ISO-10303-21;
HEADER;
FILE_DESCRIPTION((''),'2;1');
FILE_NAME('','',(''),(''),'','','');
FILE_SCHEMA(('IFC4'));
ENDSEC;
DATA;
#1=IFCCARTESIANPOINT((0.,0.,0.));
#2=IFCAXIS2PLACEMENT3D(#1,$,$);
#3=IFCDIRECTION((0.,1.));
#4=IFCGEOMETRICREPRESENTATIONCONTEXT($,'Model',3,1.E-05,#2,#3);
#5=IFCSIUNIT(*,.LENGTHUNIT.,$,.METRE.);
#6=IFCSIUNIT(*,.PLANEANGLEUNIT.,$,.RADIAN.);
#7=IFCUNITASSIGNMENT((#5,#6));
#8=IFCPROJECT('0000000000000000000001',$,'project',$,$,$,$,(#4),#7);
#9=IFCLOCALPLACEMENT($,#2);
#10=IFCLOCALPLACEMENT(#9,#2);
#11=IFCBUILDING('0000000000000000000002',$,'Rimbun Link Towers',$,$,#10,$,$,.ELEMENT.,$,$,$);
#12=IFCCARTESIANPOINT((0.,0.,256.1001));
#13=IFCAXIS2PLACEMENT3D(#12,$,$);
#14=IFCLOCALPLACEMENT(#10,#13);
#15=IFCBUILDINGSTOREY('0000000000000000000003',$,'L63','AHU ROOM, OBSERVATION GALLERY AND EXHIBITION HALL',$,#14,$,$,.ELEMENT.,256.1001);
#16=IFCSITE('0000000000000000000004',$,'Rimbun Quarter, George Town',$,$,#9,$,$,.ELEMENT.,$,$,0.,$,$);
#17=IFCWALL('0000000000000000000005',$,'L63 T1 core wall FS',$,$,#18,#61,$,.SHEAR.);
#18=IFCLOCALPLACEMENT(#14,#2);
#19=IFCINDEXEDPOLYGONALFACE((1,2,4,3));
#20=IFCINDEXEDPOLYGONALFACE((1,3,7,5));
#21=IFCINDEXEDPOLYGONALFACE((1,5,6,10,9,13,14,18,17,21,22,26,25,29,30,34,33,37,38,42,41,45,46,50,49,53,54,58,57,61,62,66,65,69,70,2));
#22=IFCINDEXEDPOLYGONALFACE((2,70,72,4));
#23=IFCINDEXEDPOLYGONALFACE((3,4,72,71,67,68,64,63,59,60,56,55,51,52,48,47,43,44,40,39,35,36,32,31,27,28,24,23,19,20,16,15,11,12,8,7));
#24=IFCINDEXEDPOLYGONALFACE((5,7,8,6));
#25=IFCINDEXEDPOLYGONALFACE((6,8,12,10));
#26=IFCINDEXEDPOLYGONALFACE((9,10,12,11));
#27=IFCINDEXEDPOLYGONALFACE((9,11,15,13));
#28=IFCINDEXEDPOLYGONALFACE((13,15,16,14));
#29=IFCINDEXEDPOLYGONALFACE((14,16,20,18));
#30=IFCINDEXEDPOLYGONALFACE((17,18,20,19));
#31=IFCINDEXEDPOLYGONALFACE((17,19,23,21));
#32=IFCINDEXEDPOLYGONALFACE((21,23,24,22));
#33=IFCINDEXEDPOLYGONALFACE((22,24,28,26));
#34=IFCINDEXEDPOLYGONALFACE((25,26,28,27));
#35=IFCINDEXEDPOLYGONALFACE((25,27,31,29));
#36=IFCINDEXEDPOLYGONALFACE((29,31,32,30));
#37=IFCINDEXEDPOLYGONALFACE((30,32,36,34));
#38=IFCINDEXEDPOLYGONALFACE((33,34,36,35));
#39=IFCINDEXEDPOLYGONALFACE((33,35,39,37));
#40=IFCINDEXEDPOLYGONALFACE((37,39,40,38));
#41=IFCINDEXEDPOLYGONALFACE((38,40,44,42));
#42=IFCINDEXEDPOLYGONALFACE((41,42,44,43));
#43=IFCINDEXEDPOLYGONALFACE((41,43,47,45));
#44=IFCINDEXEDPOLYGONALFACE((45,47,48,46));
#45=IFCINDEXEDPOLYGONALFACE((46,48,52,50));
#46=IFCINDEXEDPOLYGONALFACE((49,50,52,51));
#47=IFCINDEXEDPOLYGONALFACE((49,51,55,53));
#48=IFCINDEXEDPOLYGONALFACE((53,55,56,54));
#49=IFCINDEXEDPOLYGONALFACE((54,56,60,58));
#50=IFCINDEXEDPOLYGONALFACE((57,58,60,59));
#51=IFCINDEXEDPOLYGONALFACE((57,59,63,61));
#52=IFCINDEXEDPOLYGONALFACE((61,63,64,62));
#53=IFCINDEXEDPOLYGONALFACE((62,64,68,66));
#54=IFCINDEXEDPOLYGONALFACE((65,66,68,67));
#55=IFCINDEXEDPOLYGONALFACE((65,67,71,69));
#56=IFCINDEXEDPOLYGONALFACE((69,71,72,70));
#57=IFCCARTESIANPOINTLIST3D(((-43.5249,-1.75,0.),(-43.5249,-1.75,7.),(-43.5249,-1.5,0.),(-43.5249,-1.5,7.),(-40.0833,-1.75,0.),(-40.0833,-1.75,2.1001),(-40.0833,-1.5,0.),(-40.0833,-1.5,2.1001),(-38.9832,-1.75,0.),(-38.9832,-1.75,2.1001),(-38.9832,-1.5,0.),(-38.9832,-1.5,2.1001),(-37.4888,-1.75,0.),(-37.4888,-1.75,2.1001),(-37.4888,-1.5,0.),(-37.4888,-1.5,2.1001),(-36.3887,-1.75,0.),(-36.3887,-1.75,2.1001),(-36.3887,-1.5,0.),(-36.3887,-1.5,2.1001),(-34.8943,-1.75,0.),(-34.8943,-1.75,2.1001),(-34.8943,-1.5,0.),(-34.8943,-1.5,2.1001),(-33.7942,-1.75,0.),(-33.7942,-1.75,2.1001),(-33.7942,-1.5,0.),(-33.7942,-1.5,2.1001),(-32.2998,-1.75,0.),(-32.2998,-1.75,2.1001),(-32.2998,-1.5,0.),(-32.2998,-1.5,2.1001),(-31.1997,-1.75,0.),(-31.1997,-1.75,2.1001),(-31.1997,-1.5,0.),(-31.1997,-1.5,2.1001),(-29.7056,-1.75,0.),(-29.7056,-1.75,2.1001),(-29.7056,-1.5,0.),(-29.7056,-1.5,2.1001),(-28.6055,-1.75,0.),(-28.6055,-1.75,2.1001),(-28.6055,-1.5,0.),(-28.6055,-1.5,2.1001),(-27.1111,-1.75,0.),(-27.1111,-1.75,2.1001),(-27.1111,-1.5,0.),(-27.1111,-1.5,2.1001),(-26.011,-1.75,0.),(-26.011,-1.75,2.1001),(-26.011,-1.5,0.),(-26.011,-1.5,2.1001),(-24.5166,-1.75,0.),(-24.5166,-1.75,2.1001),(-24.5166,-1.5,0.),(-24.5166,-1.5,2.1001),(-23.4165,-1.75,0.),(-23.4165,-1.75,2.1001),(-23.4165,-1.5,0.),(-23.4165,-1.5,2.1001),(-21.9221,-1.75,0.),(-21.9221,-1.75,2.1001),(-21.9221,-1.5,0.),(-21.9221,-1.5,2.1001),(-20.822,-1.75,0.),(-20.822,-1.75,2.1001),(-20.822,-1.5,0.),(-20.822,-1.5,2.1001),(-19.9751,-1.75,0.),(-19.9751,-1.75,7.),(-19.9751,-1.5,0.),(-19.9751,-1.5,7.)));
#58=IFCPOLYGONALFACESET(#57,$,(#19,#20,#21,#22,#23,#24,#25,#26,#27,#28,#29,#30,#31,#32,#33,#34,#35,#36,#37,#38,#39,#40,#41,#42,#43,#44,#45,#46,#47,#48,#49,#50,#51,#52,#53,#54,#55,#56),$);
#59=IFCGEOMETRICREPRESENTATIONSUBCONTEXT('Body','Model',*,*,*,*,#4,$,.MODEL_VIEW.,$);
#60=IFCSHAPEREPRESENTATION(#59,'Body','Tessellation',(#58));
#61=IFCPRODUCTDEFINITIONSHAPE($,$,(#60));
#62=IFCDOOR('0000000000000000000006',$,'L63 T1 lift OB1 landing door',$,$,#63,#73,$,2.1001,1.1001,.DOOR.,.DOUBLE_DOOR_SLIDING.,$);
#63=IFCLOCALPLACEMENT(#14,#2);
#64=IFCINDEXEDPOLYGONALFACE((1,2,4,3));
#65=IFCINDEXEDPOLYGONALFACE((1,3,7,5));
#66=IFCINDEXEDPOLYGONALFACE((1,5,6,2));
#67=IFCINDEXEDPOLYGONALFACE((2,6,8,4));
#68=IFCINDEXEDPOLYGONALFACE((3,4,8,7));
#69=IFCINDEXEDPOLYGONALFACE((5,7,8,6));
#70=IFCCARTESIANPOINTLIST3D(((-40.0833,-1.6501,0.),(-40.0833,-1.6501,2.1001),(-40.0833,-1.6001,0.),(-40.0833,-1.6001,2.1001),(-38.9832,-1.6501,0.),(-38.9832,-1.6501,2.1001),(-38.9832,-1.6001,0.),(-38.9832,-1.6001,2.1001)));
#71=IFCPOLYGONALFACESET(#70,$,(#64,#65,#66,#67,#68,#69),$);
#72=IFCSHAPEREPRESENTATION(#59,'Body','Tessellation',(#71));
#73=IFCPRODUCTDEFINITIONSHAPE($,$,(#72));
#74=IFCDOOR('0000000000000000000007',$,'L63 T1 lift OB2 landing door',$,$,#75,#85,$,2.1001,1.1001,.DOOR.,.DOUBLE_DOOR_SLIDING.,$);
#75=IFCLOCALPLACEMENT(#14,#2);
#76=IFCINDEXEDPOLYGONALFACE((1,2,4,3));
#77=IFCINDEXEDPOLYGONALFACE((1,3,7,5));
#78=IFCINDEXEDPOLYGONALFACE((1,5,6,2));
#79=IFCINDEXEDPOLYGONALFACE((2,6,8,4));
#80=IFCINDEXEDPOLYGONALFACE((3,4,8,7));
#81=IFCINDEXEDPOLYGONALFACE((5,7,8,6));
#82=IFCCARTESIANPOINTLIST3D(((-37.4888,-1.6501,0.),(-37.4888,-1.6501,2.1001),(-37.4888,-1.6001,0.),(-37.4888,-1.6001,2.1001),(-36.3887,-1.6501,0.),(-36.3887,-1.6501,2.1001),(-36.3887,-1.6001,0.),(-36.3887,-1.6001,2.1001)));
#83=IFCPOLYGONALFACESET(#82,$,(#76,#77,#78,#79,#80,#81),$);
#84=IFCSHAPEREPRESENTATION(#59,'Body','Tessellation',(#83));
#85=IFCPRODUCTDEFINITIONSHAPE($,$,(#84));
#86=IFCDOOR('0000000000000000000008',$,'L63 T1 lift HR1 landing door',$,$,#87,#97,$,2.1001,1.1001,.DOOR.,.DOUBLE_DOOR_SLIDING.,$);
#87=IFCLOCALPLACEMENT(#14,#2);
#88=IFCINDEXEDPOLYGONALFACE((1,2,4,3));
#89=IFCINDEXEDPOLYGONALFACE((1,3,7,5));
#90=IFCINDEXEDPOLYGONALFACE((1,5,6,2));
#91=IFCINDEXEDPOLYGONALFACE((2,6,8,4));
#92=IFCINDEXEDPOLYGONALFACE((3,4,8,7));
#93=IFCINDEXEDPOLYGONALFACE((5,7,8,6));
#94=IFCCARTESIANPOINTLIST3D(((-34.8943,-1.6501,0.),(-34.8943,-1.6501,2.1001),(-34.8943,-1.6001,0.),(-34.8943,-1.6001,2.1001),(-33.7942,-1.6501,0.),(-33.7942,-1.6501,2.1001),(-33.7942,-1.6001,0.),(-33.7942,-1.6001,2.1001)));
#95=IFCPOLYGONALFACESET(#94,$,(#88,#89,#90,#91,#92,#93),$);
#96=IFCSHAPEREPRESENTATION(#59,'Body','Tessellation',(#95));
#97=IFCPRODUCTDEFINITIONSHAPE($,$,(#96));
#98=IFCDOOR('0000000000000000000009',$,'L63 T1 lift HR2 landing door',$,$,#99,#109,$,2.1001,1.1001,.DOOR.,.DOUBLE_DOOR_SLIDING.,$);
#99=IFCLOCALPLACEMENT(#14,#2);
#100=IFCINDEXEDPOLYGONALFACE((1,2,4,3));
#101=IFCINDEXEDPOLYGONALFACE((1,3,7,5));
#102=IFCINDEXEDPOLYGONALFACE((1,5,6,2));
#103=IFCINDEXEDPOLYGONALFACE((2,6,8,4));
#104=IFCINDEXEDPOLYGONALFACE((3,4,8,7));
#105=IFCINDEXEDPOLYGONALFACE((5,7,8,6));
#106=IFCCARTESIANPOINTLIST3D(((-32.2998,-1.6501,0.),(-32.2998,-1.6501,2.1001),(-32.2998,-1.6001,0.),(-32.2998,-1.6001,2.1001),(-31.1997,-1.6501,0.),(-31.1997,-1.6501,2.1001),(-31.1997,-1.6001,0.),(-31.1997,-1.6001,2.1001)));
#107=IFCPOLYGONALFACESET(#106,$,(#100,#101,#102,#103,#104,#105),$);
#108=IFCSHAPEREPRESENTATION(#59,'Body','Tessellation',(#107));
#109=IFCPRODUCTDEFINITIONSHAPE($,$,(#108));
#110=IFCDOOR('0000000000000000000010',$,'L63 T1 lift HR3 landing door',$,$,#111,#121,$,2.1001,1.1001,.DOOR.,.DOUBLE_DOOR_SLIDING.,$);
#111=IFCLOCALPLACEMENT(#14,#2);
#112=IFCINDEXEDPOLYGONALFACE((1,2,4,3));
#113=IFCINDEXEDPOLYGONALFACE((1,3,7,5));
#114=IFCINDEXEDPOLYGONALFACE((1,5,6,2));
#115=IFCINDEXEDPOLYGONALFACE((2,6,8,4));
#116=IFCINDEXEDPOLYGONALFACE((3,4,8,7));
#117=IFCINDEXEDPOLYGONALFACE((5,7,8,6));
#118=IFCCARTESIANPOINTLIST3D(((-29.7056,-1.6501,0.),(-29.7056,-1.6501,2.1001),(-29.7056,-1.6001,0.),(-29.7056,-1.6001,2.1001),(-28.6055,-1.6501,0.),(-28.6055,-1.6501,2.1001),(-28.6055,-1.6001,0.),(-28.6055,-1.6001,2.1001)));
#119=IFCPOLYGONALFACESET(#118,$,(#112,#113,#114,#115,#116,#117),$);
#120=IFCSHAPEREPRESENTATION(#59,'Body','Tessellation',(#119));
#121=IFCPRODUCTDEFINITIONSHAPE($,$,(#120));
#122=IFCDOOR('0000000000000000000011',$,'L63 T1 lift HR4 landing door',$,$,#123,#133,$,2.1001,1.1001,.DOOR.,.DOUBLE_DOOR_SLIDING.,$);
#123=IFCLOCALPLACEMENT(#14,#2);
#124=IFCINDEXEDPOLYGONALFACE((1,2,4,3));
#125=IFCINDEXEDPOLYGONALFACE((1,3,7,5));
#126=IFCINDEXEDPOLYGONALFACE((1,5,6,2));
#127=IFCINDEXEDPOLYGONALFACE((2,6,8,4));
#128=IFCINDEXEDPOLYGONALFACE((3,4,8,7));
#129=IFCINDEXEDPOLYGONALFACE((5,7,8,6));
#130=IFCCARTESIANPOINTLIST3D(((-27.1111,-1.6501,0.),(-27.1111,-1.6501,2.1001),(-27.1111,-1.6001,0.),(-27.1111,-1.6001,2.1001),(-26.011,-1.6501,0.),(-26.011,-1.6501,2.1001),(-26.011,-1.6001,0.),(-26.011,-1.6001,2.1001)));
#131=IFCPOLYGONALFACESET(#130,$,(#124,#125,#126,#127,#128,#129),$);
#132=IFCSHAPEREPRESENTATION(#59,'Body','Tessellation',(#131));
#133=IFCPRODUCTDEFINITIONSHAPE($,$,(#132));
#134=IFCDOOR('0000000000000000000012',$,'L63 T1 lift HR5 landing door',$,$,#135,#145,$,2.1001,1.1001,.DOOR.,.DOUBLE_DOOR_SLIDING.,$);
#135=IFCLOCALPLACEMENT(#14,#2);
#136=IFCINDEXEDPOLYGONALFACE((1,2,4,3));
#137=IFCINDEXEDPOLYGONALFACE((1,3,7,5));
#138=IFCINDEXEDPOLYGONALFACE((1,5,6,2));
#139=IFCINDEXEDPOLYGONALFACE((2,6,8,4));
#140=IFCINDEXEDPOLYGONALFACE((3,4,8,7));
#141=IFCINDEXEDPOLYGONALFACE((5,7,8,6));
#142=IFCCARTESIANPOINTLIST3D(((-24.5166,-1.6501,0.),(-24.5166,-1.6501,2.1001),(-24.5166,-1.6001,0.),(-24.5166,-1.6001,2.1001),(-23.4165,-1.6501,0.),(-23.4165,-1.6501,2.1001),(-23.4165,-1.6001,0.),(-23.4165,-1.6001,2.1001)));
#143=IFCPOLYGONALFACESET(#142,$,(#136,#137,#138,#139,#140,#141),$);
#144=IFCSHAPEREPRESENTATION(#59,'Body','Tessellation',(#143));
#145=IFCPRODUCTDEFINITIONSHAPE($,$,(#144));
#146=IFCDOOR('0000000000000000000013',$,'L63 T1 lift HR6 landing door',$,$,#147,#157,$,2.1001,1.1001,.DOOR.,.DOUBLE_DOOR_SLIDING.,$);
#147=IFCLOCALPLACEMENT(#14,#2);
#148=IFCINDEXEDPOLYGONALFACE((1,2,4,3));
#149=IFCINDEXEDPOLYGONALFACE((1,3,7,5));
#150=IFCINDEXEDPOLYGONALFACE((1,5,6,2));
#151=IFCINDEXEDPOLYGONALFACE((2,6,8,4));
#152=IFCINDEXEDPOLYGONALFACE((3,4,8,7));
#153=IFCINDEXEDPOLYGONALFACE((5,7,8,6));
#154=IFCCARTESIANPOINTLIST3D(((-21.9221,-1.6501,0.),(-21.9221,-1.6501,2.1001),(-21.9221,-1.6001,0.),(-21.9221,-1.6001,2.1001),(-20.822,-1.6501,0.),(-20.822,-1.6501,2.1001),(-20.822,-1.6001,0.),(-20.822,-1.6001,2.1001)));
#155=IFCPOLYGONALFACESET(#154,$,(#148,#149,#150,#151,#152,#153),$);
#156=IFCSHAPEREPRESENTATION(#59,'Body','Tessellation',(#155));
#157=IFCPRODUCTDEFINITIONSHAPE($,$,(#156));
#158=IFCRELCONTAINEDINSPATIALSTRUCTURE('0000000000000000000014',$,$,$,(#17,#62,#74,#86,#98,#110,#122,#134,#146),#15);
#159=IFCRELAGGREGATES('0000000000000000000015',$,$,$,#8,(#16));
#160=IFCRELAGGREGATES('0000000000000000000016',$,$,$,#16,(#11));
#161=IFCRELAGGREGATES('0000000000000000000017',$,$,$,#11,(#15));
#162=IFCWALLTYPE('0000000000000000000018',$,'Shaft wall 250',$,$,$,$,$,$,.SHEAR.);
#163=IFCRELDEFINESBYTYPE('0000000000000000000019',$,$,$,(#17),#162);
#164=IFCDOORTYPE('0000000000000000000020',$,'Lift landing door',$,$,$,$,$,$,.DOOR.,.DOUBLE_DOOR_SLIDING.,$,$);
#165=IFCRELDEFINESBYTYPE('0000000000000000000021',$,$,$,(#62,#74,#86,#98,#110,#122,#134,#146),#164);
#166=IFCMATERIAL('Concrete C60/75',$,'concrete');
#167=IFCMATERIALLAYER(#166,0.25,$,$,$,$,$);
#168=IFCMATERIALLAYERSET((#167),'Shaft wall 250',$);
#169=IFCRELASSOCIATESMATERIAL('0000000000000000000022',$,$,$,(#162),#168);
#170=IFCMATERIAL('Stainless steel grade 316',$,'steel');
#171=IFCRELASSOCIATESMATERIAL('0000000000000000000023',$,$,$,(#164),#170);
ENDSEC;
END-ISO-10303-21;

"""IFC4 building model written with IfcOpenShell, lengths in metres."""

from ifc_helpers import new_model, si_unit, direction, frame, frame_2d, origin, place, context, subcontext, project, spatial, rectangle, extrude, material, layer, layer_set, type_object, element, fill, save


model = new_model("IFC4")

# Units and contexts
model_context = context("Model", 3, precision=1e-05, world=origin(), true_north=direction((0.0, 1.0)))
body_context = subcontext(model_context, "Body", "Model", "MODEL_VIEW")
ifc_project = project(units=[si_unit("LENGTHUNIT", "METRE"), si_unit("PLANEANGLEUNIT", "RADIAN")], contexts=[model_context])

# Site, building, storey
site_placement = place(None, origin())
site = spatial("IfcSite", under=ifc_project, at=site_placement, Name="Rimbun Quarter, George Town", CompositionType="ELEMENT", RefElevation=0.0)
building_placement = place(site_placement, origin())
building = spatial("IfcBuilding", under=site, at=building_placement, Name="Rimbun Link Towers", CompositionType="ELEMENT")
storey_placement = place(building_placement, frame((0.0, 0.0, 256.1001)))
storey = spatial("IfcBuildingStorey", under=building, at=storey_placement, Name="L63", Description="AHU ROOM, OBSERVATION GALLERY AND EXHIBITION HALL", CompositionType="ELEMENT", Elevation=256.1001)

# Shared definitions
ifc_material_1 = material(Name="Concrete C60/75", Category="concrete")
ifc_layer = layer(ifc_material_1, 0.25)
ifc_layer_set = layer_set([ifc_layer], Name="Shaft wall 250")
wall_type = type_object("IfcWallType", Name="Shaft wall 250", PredefinedType="SHEAR", material=ifc_layer_set)

# Wall, openings, doors
wall_1_placement = place(storey_placement, frame((-43.5249, -1.625, 0.0), z_axis=(0.0, 0.0, 1.0), x_axis=(1.0, 0.0, 0.0)))
wall_1 = element("IfcWall", 1, at=wall_1_placement, inside=storey, type_object=wall_type, Name="L63 T1 core wall FS", PredefinedType="SHEAR", context=body_context, shape_type="SweptSolid", body=[
    extrude(rectangle(XDim=23.5498, YDim=0.25, at=frame_2d((11.7749, 0.0))), origin(), (0.0, 0.0, 1.0), 7.0),
])
opening_1_placement = place(wall_1_placement, frame((3.4417, 0.0, 0.0)))
opening_1 = element("IfcOpeningElement", 2, at=opening_1_placement, cuts=wall_1, PredefinedType="OPENING", context=body_context, shape_type="SweptSolid", body=[
    extrude(rectangle(XDim=1.1001, YDim=2.1001, at=frame_2d((0.55, 1.05))), frame((0.0, 0.135, 0.0), z_axis=(0.0, -1.0, 0.0), x_axis=(1.0, 0.0, 0.0)), (0.0, 0.0, 1.0), 0.27),
])
opening_2_placement = place(wall_1_placement, frame((6.0361, 0.0, 0.0)))
opening_2 = element("IfcOpeningElement", 3, at=opening_2_placement, cuts=wall_1, PredefinedType="OPENING", context=body_context, shape_type="SweptSolid", body=[
    extrude(rectangle(XDim=1.1001, YDim=2.1001, at=frame_2d((0.55, 1.05))), frame((0.0, 0.135, 0.0), z_axis=(0.0, -1.0, 0.0), x_axis=(1.0, 0.0, 0.0)), (0.0, 0.0, 1.0), 0.27),
])
opening_3_placement = place(wall_1_placement, frame((8.6306, 0.0, 0.0)))
opening_3 = element("IfcOpeningElement", 4, at=opening_3_placement, cuts=wall_1, PredefinedType="OPENING", context=body_context, shape_type="SweptSolid", body=[
    extrude(rectangle(XDim=1.1001, YDim=2.1001, at=frame_2d((0.55, 1.05))), frame((0.0, 0.135, 0.0), z_axis=(0.0, -1.0, 0.0), x_axis=(1.0, 0.0, 0.0)), (0.0, 0.0, 1.0), 0.27),
])
opening_4_placement = place(wall_1_placement, frame((11.2251, 0.0, 0.0)))
opening_4 = element("IfcOpeningElement", 5, at=opening_4_placement, cuts=wall_1, PredefinedType="OPENING", context=body_context, shape_type="SweptSolid", body=[
    extrude(rectangle(XDim=1.1001, YDim=2.1001, at=frame_2d((0.55, 1.05))), frame((0.0, 0.135, 0.0), z_axis=(0.0, -1.0, 0.0), x_axis=(1.0, 0.0, 0.0)), (0.0, 0.0, 1.0), 0.27),
])
opening_5_placement = place(wall_1_placement, frame((13.8193, 0.0, 0.0)))
opening_5 = element("IfcOpeningElement", 6, at=opening_5_placement, cuts=wall_1, PredefinedType="OPENING", context=body_context, shape_type="SweptSolid", body=[
    extrude(rectangle(XDim=1.1001, YDim=2.1001, at=frame_2d((0.55, 1.05))), frame((0.0, 0.135, 0.0), z_axis=(0.0, -1.0, 0.0), x_axis=(1.0, 0.0, 0.0)), (0.0, 0.0, 1.0), 0.27),
])
opening_6_placement = place(wall_1_placement, frame((16.4138, 0.0, 0.0)))
opening_6 = element("IfcOpeningElement", 7, at=opening_6_placement, cuts=wall_1, PredefinedType="OPENING", context=body_context, shape_type="SweptSolid", body=[
    extrude(rectangle(XDim=1.1001, YDim=2.1001, at=frame_2d((0.55, 1.05))), frame((0.0, 0.135, 0.0), z_axis=(0.0, -1.0, 0.0), x_axis=(1.0, 0.0, 0.0)), (0.0, 0.0, 1.0), 0.27),
])
opening_7_placement = place(wall_1_placement, frame((19.0083, 0.0, 0.0)))
opening_7 = element("IfcOpeningElement", 8, at=opening_7_placement, cuts=wall_1, PredefinedType="OPENING", context=body_context, shape_type="SweptSolid", body=[
    extrude(rectangle(XDim=1.1001, YDim=2.1001, at=frame_2d((0.55, 1.05))), frame((0.0, 0.135, 0.0), z_axis=(0.0, -1.0, 0.0), x_axis=(1.0, 0.0, 0.0)), (0.0, 0.0, 1.0), 0.27),
])
opening_8_placement = place(wall_1_placement, frame((21.6028, 0.0, 0.0)))
opening_8 = element("IfcOpeningElement", 9, at=opening_8_placement, cuts=wall_1, PredefinedType="OPENING", context=body_context, shape_type="SweptSolid", body=[
    extrude(rectangle(XDim=1.1001, YDim=2.1001, at=frame_2d((0.55, 1.05))), frame((0.0, 0.135, 0.0), z_axis=(0.0, -1.0, 0.0), x_axis=(1.0, 0.0, 0.0)), (0.0, 0.0, 1.0), 0.27),
])
ifc_material_2 = material(Name="Stainless steel grade 316", Category="steel")
door_type_1 = type_object("IfcDoorType", Name="Lift landing door", OperationType="DOUBLE_DOOR_SLIDING", PredefinedType="DOOR", material=ifc_material_2)
door_1_placement = place(opening_1_placement, origin())
door_1 = element("IfcDoor", 10, at=door_1_placement, inside=storey, type_object=door_type_1, Name="L63 T1 lift OB1 landing door", OperationType="DOUBLE_DOOR_SLIDING", OverallHeight=2.1001, OverallWidth=1.1001, PredefinedType="DOOR", context=body_context, shape_type="SweptSolid", body=[
    extrude(rectangle(XDim=1.1001, YDim=2.1001, at=frame_2d((0.55, 1.05))), frame((0.0, 0.0249, 0.0), z_axis=(0.0, -1.0, 0.0), x_axis=(1.0, 0.0, 0.0)), (0.0, 0.0, 1.0), 0.05),
])
fill(opening_1, door_1)
door_2_placement = place(opening_2_placement, origin())
door_2 = element("IfcDoor", 11, at=door_2_placement, inside=storey, type_object=door_type_1, Name="L63 T1 lift OB2 landing door", OperationType="DOUBLE_DOOR_SLIDING", OverallHeight=2.1001, OverallWidth=1.1001, PredefinedType="DOOR", context=body_context, shape_type="SweptSolid", body=[
    extrude(rectangle(XDim=1.1001, YDim=2.1001, at=frame_2d((0.55, 1.05))), frame((0.0, 0.0249, 0.0), z_axis=(0.0, -1.0, 0.0), x_axis=(1.0, 0.0, 0.0)), (0.0, 0.0, 1.0), 0.05),
])
fill(opening_2, door_2)
door_3_placement = place(opening_3_placement, origin())
door_3 = element("IfcDoor", 12, at=door_3_placement, inside=storey, type_object=door_type_1, Name="L63 T1 lift HR1 landing door", OperationType="DOUBLE_DOOR_SLIDING", OverallHeight=2.1001, OverallWidth=1.1001, PredefinedType="DOOR", context=body_context, shape_type="SweptSolid", body=[
    extrude(rectangle(XDim=1.1001, YDim=2.1001, at=frame_2d((0.55, 1.05))), frame((0.0, 0.0249, 0.0), z_axis=(0.0, -1.0, 0.0), x_axis=(1.0, 0.0, 0.0)), (0.0, 0.0, 1.0), 0.05),
])
fill(opening_3, door_3)
door_4_placement = place(opening_4_placement, origin())
door_4 = element("IfcDoor", 13, at=door_4_placement, inside=storey, type_object=door_type_1, Name="L63 T1 lift HR2 landing door", OperationType="DOUBLE_DOOR_SLIDING", OverallHeight=2.1001, OverallWidth=1.1001, PredefinedType="DOOR", context=body_context, shape_type="SweptSolid", body=[
    extrude(rectangle(XDim=1.1001, YDim=2.1001, at=frame_2d((0.55, 1.05))), frame((0.0, 0.0249, 0.0), z_axis=(0.0, -1.0, 0.0), x_axis=(1.0, 0.0, 0.0)), (0.0, 0.0, 1.0), 0.05),
])
fill(opening_4, door_4)
door_5_placement = place(opening_5_placement, origin())
door_5 = element("IfcDoor", 14, at=door_5_placement, inside=storey, type_object=door_type_1, Name="L63 T1 lift HR3 landing door", OperationType="DOUBLE_DOOR_SLIDING", OverallHeight=2.1001, OverallWidth=1.1001, PredefinedType="DOOR", context=body_context, shape_type="SweptSolid", body=[
    extrude(rectangle(XDim=1.1001, YDim=2.1001, at=frame_2d((0.55, 1.05))), frame((0.0, 0.0249, 0.0), z_axis=(0.0, -1.0, 0.0), x_axis=(1.0, 0.0, 0.0)), (0.0, 0.0, 1.0), 0.05),
])
fill(opening_5, door_5)
door_6_placement = place(opening_6_placement, origin())
door_6 = element("IfcDoor", 15, at=door_6_placement, inside=storey, type_object=door_type_1, Name="L63 T1 lift HR4 landing door", OperationType="DOUBLE_DOOR_SLIDING", OverallHeight=2.1001, OverallWidth=1.1001, PredefinedType="DOOR", context=body_context, shape_type="SweptSolid", body=[
    extrude(rectangle(XDim=1.1001, YDim=2.1001, at=frame_2d((0.55, 1.05))), frame((0.0, 0.0249, 0.0), z_axis=(0.0, -1.0, 0.0), x_axis=(1.0, 0.0, 0.0)), (0.0, 0.0, 1.0), 0.05),
])
fill(opening_6, door_6)
door_7_placement = place(opening_7_placement, origin())
door_7 = element("IfcDoor", 16, at=door_7_placement, inside=storey, type_object=door_type_1, Name="L63 T1 lift HR5 landing door", OperationType="DOUBLE_DOOR_SLIDING", OverallHeight=2.1001, OverallWidth=1.1001, PredefinedType="DOOR", context=body_context, shape_type="SweptSolid", body=[
    extrude(rectangle(XDim=1.1001, YDim=2.1001, at=frame_2d((0.55, 1.05))), frame((0.0, 0.0249, 0.0), z_axis=(0.0, -1.0, 0.0), x_axis=(1.0, 0.0, 0.0)), (0.0, 0.0, 1.0), 0.05),
])
fill(opening_7, door_7)
door_8_placement = place(opening_8_placement, origin())
door_8 = element("IfcDoor", 17, at=door_8_placement, inside=storey, type_object=door_type_1, Name="L63 T1 lift HR6 landing door", OperationType="DOUBLE_DOOR_SLIDING", OverallHeight=2.1001, OverallWidth=1.1001, PredefinedType="DOOR", context=body_context, shape_type="SweptSolid", body=[
    extrude(rectangle(XDim=1.1001, YDim=2.1001, at=frame_2d((0.55, 1.05))), frame((0.0, 0.0249, 0.0), z_axis=(0.0, -1.0, 0.0), x_axis=(1.0, 0.0, 0.0)), (0.0, 0.0, 1.0), 0.05),
])
fill(opening_8, door_8)

save(model, "model.ifc")
